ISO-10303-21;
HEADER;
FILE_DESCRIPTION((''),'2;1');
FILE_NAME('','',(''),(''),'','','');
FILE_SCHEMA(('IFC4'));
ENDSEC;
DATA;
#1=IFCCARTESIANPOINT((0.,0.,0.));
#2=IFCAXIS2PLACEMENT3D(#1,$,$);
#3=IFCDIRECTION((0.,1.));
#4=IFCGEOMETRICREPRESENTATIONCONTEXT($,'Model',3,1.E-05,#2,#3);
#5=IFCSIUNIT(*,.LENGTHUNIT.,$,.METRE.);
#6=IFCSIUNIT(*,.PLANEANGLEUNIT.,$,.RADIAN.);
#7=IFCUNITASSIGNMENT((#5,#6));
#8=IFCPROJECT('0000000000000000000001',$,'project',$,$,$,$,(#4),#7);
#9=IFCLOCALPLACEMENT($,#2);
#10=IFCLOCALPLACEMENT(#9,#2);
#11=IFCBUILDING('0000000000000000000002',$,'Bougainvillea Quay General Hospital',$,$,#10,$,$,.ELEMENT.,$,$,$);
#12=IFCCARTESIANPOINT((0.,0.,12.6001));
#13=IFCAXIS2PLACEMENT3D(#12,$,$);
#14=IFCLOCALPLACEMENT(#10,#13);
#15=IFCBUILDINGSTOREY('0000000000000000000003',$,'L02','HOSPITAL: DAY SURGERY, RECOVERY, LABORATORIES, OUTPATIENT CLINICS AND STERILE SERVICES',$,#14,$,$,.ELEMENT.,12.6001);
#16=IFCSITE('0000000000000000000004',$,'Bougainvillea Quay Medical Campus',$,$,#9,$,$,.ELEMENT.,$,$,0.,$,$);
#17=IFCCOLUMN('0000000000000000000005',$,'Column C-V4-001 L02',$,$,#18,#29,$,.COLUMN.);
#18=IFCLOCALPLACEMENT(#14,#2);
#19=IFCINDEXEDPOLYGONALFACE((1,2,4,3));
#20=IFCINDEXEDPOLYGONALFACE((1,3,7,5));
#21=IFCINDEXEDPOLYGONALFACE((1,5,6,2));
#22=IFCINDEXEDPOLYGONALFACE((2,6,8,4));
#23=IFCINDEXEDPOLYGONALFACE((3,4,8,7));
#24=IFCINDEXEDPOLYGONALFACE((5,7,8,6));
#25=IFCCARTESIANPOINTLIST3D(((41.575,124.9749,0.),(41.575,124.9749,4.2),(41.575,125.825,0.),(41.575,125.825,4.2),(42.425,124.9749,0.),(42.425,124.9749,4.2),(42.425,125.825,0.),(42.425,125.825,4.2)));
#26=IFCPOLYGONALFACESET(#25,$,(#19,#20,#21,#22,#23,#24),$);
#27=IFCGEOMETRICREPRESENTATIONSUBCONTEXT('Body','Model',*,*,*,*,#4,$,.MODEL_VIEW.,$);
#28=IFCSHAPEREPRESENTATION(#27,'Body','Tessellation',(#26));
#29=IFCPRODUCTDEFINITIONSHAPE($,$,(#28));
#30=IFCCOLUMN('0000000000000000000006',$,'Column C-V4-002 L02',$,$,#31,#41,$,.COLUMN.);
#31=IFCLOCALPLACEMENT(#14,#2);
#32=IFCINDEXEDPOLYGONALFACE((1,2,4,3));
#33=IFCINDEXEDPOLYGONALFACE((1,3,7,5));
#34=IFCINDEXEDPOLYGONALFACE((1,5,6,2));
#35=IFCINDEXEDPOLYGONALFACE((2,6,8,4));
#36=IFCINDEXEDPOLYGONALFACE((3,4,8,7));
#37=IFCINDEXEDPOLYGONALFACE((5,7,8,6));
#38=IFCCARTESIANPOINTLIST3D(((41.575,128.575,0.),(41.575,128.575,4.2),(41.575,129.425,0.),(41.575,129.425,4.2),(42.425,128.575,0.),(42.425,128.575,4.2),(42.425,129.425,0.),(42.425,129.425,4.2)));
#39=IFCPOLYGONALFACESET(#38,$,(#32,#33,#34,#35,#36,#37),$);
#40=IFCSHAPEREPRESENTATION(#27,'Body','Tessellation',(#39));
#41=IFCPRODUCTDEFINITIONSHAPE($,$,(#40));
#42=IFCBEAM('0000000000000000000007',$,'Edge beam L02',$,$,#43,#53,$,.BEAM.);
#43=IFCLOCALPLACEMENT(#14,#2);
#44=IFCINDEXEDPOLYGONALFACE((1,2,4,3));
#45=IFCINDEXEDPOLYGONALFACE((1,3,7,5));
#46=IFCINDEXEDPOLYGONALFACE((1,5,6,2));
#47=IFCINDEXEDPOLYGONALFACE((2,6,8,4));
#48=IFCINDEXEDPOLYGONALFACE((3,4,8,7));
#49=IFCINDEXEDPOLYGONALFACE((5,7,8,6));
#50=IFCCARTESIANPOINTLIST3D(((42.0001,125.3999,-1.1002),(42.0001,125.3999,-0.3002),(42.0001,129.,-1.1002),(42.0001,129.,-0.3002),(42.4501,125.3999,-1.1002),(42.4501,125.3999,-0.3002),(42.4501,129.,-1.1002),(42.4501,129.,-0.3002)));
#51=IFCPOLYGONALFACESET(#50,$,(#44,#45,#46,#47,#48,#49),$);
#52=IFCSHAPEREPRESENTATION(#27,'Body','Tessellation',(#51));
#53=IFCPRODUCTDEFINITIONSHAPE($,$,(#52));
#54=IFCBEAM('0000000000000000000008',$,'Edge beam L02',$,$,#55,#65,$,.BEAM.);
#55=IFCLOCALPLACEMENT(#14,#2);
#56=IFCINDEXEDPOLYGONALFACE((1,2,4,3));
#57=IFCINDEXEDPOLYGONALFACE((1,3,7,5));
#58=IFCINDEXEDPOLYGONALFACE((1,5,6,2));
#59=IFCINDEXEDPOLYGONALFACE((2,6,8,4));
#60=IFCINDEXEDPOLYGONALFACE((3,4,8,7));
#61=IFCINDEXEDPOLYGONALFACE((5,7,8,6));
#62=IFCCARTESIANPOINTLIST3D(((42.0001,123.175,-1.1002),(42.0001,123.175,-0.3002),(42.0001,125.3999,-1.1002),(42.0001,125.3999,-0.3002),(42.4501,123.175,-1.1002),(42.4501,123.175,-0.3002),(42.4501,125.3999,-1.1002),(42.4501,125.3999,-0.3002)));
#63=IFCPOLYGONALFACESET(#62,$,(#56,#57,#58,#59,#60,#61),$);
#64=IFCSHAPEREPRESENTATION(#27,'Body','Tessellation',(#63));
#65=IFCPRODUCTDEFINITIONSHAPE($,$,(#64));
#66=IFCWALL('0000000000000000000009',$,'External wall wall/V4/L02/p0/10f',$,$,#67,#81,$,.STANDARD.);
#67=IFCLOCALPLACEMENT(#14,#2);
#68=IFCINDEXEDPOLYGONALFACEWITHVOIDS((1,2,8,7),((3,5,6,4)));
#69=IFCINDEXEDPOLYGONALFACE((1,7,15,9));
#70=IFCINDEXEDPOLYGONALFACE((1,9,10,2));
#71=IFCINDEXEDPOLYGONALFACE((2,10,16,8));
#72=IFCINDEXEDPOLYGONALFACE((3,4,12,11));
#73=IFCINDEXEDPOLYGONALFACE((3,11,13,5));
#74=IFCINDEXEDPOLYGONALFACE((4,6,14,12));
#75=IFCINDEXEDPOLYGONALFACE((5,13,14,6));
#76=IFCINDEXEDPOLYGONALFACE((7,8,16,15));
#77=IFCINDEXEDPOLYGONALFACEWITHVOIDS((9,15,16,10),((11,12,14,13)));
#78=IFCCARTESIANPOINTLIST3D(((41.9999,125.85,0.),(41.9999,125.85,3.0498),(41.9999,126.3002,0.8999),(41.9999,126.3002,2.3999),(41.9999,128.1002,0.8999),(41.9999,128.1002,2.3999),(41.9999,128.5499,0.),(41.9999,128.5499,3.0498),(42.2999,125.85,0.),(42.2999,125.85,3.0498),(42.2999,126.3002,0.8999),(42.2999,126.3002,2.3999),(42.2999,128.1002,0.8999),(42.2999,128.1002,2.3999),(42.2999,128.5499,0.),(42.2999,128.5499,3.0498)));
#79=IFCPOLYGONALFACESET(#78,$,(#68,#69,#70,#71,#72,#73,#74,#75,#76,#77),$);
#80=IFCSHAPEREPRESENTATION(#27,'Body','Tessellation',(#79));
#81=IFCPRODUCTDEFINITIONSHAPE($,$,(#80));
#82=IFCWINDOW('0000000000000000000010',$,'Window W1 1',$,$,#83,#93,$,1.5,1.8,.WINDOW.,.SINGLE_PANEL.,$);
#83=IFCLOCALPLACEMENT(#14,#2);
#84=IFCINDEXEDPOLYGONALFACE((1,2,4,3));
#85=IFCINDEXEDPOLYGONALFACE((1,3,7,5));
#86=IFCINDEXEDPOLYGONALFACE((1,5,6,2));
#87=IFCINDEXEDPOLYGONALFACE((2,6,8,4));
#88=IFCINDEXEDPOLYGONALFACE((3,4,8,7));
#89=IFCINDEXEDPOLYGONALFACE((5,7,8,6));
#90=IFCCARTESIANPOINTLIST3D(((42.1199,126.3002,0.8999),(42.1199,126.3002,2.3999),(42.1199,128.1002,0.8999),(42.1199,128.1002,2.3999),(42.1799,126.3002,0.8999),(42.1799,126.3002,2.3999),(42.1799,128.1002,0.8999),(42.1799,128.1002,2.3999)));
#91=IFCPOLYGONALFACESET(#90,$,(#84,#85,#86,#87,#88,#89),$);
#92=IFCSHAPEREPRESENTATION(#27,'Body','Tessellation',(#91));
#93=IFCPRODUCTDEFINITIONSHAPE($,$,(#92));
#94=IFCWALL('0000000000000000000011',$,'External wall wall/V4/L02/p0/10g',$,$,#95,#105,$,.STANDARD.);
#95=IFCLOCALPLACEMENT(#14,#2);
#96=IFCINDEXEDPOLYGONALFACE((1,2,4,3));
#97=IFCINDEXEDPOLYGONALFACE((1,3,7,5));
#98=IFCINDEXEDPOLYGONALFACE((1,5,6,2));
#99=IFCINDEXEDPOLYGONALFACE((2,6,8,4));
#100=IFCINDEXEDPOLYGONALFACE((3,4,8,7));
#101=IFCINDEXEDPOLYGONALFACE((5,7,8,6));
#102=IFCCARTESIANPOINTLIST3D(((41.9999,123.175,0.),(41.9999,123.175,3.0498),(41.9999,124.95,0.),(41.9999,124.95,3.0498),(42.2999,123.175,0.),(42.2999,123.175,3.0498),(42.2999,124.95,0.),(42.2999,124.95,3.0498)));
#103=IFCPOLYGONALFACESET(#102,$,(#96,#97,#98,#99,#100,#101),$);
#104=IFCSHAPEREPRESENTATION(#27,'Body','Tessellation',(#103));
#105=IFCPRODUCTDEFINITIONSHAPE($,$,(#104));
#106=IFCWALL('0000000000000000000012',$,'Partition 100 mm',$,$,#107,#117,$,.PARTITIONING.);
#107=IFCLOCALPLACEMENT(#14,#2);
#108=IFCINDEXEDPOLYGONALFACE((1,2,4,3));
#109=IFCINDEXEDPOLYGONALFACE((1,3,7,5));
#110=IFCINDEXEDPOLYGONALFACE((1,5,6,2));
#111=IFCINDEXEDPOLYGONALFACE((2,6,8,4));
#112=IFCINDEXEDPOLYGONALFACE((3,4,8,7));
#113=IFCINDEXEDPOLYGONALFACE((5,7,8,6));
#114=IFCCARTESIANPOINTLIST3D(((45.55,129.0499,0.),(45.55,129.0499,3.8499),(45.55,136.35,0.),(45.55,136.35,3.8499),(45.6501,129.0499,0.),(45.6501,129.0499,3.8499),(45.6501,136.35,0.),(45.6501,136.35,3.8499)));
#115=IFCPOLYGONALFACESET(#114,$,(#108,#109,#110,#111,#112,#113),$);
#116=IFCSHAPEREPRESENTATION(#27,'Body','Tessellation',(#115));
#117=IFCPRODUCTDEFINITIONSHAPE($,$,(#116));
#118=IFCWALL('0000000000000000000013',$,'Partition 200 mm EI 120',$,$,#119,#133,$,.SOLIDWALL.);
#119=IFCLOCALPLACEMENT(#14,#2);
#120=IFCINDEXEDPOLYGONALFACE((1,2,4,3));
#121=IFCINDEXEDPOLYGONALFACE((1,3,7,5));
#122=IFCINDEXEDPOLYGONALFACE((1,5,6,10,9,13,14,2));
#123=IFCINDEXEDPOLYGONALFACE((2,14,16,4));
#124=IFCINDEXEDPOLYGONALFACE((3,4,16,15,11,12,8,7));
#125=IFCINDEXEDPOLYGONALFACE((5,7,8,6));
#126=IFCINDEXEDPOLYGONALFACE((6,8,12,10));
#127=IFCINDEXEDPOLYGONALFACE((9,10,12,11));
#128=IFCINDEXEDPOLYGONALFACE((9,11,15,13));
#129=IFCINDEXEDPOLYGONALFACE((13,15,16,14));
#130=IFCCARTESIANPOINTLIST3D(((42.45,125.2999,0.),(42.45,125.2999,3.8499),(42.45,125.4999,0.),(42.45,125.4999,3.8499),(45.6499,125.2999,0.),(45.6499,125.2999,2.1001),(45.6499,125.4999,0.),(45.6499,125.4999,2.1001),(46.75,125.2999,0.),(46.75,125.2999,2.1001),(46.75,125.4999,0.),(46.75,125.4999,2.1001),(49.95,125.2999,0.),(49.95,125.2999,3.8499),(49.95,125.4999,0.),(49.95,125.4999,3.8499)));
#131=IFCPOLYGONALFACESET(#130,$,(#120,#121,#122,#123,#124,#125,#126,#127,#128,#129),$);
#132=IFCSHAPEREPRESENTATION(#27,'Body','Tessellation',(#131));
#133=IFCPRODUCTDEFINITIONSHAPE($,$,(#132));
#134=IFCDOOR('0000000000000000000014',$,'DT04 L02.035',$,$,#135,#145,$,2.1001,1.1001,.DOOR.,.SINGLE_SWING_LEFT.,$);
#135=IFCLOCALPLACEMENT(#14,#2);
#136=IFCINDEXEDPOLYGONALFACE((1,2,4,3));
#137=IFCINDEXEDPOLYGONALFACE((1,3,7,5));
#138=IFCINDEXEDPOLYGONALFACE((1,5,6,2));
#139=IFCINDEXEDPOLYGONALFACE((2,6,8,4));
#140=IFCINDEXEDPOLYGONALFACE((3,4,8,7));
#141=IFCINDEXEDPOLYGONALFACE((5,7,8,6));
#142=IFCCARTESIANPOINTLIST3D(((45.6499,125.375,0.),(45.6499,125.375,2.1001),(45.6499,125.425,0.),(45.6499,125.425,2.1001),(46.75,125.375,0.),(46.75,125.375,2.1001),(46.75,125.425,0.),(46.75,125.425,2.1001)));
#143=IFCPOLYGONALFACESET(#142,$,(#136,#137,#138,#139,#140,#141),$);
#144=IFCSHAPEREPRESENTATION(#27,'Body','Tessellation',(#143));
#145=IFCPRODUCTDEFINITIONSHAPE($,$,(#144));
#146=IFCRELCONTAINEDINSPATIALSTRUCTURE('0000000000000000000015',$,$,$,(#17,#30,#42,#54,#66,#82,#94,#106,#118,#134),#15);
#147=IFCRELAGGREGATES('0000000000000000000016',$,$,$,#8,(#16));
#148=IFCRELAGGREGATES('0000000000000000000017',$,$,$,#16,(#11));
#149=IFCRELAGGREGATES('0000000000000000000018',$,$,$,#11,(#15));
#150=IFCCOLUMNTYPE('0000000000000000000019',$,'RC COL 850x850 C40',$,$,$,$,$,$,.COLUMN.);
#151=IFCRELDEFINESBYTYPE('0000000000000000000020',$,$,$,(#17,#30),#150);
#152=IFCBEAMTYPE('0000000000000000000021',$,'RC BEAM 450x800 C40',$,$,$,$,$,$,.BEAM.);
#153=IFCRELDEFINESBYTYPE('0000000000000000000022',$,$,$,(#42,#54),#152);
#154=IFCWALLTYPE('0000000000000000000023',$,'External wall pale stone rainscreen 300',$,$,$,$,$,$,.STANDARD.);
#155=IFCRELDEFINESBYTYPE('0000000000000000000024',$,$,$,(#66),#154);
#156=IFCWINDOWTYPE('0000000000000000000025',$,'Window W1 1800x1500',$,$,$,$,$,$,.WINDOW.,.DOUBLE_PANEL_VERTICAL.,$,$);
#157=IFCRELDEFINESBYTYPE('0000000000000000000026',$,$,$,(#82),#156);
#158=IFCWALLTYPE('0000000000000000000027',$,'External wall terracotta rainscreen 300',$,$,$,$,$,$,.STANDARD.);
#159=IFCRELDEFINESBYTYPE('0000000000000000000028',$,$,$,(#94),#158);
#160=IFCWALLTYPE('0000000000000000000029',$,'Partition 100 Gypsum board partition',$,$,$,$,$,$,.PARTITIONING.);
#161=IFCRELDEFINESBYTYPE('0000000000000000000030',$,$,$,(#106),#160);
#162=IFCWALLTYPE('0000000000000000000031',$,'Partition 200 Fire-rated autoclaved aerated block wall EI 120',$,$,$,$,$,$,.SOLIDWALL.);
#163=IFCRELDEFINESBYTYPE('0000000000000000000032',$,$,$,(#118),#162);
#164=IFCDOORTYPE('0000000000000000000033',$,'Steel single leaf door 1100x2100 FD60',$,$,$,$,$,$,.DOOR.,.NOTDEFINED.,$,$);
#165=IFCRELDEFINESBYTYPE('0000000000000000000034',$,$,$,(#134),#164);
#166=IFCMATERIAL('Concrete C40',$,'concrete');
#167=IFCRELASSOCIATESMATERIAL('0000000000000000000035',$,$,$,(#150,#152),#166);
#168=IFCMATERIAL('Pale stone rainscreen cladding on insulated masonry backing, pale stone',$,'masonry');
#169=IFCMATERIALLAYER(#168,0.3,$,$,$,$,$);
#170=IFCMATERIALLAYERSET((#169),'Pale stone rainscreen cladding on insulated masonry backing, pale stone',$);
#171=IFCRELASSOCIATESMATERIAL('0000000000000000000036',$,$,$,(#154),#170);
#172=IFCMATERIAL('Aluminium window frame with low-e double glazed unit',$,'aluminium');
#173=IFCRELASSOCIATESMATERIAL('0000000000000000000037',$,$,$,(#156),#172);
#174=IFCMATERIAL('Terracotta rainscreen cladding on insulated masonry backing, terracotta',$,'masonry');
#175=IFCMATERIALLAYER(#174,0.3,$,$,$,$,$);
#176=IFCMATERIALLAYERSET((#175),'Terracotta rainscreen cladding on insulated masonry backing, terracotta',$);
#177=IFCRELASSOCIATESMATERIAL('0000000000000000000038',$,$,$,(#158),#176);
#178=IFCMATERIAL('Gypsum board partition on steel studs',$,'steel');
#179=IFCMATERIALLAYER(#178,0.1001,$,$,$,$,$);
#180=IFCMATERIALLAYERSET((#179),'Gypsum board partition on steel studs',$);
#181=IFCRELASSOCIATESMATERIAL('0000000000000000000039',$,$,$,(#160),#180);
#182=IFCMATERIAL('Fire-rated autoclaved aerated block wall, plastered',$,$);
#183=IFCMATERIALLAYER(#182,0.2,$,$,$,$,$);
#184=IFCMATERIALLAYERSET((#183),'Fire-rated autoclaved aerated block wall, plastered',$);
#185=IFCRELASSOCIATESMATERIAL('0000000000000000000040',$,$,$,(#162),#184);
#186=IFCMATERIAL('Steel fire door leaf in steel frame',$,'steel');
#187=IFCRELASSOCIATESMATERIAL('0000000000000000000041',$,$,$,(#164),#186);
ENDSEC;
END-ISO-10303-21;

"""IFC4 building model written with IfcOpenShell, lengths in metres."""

from ifc_helpers import new_model, si_unit, direction, frame, frame_2d, origin, origin_2d, place, context, subcontext, project, spatial, rectangle, extrude, material, layer, layer_set, material_profile, profile_set, type_object, element, fill, save


model = new_model("IFC4")

# Units and contexts
model_context = context("Model", 3, precision=1e-05, world=origin(), true_north=direction((0.0, 1.0)))
body_context = subcontext(model_context, "Body", "Model", "MODEL_VIEW")
ifc_project = project(units=[si_unit("LENGTHUNIT", "METRE"), si_unit("PLANEANGLEUNIT", "RADIAN")], contexts=[model_context])

# Site, building, storey
site_placement = place(None, origin())
site = spatial("IfcSite", under=ifc_project, at=site_placement, Name="Bougainvillea Quay Medical Campus", CompositionType="ELEMENT", RefElevation=0.0)
building_placement = place(site_placement, origin())
building = spatial("IfcBuilding", under=site, at=building_placement, Name="Bougainvillea Quay General Hospital", CompositionType="ELEMENT")
storey_placement = place(building_placement, frame((0.0, 0.0, 12.6001)))
storey = spatial("IfcBuildingStorey", under=building, at=storey_placement, Name="L02", Description="HOSPITAL: DAY SURGERY, RECOVERY, LABORATORIES, OUTPATIENT CLINICS AND STERILE SERVICES", CompositionType="ELEMENT", Elevation=12.6001)

# Columns
ifc_material_1 = material(Name="Concrete C40", Category="concrete")
ifc_material_profile_1 = material_profile(ifc_material_1, rectangle(XDim=0.8501, YDim=0.8501, at=origin_2d()))
ifc_profile_set_1 = profile_set([ifc_material_profile_1], Name="Concrete C40")
column_type = type_object("IfcColumnType", Name="RC COL 850x850 C40", PredefinedType="COLUMN", material=ifc_profile_set_1)
for number, where, z_axis, x_axis, name in (
    (1, (42.0, 125.3999, 0.0), (0.0, 0.0, 1.0), (1.0, 0.0, 0.0), "Column C-V4-001 L02"),
    (2, (42.0, 129.0, 0.0), (0.0, 0.0, 1.0), (1.0, 0.0, 0.0), "Column C-V4-002 L02"),
):
    element("IfcColumn", number, at=place(storey_placement, frame(where, z_axis=z_axis, x_axis=x_axis)), inside=storey, type_object=column_type, Name=name, PredefinedType="COLUMN", context=body_context, shape_type="SweptSolid", body=[
        extrude(rectangle(XDim=0.8501, YDim=0.8501, at=origin_2d()), origin(), (0.0, 0.0, 1.0), 4.2),
    ])

# Beams
ifc_material_profile_2 = material_profile(ifc_material_1, rectangle(XDim=0.45, YDim=0.8, at=origin_2d()))
ifc_profile_set_2 = profile_set([ifc_material_profile_2], Name="Concrete C40")
beam_type = type_object("IfcBeamType", Name="RC BEAM 450x800 C40", PredefinedType="BEAM", material=ifc_profile_set_2)
beam_1_placement = place(storey_placement, frame((42.2251, 129.0, -0.7002), z_axis=(0.0, -1.0, 0.0), x_axis=(1.0, 0.0, 0.0)))
element("IfcBeam", 3, at=beam_1_placement, inside=storey, type_object=beam_type, Name="Edge beam L02", PredefinedType="BEAM", context=body_context, shape_type="SweptSolid", body=[
    extrude(rectangle(XDim=0.45, YDim=0.8, at=origin_2d()), origin(), (0.0, 0.0, 1.0), 3.6001),
])
beam_2_placement = place(storey_placement, frame((42.2251, 125.3999, -0.7002), z_axis=(0.0, -1.0, 0.0), x_axis=(1.0, 0.0, 0.0)))
element("IfcBeam", 4, at=beam_2_placement, inside=storey, type_object=beam_type, Name="Edge beam L02", PredefinedType="BEAM", context=body_context, shape_type="SweptSolid", body=[
    extrude(rectangle(XDim=0.45, YDim=0.8, at=origin_2d()), origin(), (0.0, 0.0, 1.0), 2.2249),
])

# Wall, opening, window
ifc_material_2 = material(Name="Pale stone rainscreen cladding on insulated masonry backing, pale stone", Category="masonry")
ifc_layer_1 = layer(ifc_material_2, 0.3)
ifc_layer_set_1 = layer_set([ifc_layer_1], Name="Pale stone rainscreen cladding on insulated masonry backing, pale stone")
wall_type_1 = type_object("IfcWallType", Name="External wall pale stone rainscreen 300", PredefinedType="STANDARD", material=ifc_layer_set_1)
wall_1_placement = place(storey_placement, frame((42.1499, 128.55, 0.0), z_axis=(0.0, 0.0, 1.0), x_axis=(0.0, -1.0, 0.0)))
wall_1 = element("IfcWall", 5, at=wall_1_placement, inside=storey, type_object=wall_type_1, Name="External wall wall/V4/L02/p0/10f", PredefinedType="STANDARD", context=body_context, shape_type="SweptSolid", body=[
    extrude(rectangle(XDim=2.7, YDim=0.3, at=frame_2d((1.3501, 0.0))), origin(), (0.0, 0.0, 1.0), 3.0498),
])
opening_1_placement = place(wall_1_placement, frame((0.45, 0.0, 0.8999)))
opening_1 = element("IfcOpeningElement", 6, at=opening_1_placement, cuts=wall_1, PredefinedType="OPENING", context=body_context, shape_type="SweptSolid", body=[
    extrude(rectangle(XDim=1.8, YDim=1.5, at=frame_2d((0.8999, 0.75))), frame((0.0, 0.1599, 0.0), z_axis=(0.0, -1.0, 0.0), x_axis=(1.0, 0.0, 0.0)), (0.0, 0.0, 1.0), 0.3201),
])
ifc_material_3 = material(Name="Aluminium window frame with low-e double glazed unit", Category="aluminium")
window_type = type_object("IfcWindowType", Name="Window W1 1800x1500", PartitioningType="DOUBLE_PANEL_VERTICAL", PredefinedType="WINDOW", material=ifc_material_3)
window_placement = place(opening_1_placement, origin())
window = element("IfcWindow", 7, at=window_placement, inside=storey, type_object=window_type, Name="Window W1 1", OverallHeight=1.5, OverallWidth=1.8, PartitioningType="SINGLE_PANEL", PredefinedType="WINDOW", context=body_context, shape_type="SweptSolid", body=[
    extrude(rectangle(XDim=1.8, YDim=1.5, at=frame_2d((0.8999, 0.75))), frame((0.0, 0.03, 0.0), z_axis=(0.0, -1.0, 0.0), x_axis=(1.0, 0.0, 0.0)), (0.0, 0.0, 1.0), 0.0601),
])
fill(opening_1, window)

# Walls
ifc_material_4 = material(Name="Terracotta rainscreen cladding on insulated masonry backing, terracotta", Category="masonry")
ifc_layer_2 = layer(ifc_material_4, 0.3)
ifc_layer_set_2 = layer_set([ifc_layer_2], Name="Terracotta rainscreen cladding on insulated masonry backing, terracotta")
wall_type_2 = type_object("IfcWallType", Name="External wall terracotta rainscreen 300", PredefinedType="STANDARD", material=ifc_layer_set_2)
wall_2_placement = place(storey_placement, frame((42.1499, 124.95, 0.0), z_axis=(0.0, 0.0, 1.0), x_axis=(0.0, -1.0, 0.0)))
element("IfcWall", 8, at=wall_2_placement, inside=storey, type_object=wall_type_2, Name="External wall wall/V4/L02/p0/10g", PredefinedType="STANDARD", context=body_context, shape_type="SweptSolid", body=[
    extrude(rectangle(XDim=1.7749, YDim=0.3, at=frame_2d((0.8875, 0.0))), origin(), (0.0, 0.0, 1.0), 3.0498),
])
ifc_material_5 = material(Name="Gypsum board partition on steel studs", Category="steel")
ifc_layer_3 = layer(ifc_material_5, 0.1001)
ifc_layer_set_3 = layer_set([ifc_layer_3], Name="Gypsum board partition on steel studs")
wall_type_3 = type_object("IfcWallType", Name="Partition 100 Gypsum board partition", PredefinedType="PARTITIONING", material=ifc_layer_set_3)
wall_3_placement = place(storey_placement, frame((45.6001, 129.05, 0.0), z_axis=(0.0, 0.0, 1.0), x_axis=(0.0, 1.0, 0.0)))
element("IfcWall", 9, at=wall_3_placement, inside=storey, type_object=wall_type_3, Name="Partition 100 mm", PredefinedType="PARTITIONING", context=body_context, shape_type="SweptSolid", body=[
    extrude(rectangle(XDim=7.3, YDim=0.1001, at=frame_2d((3.6499, 0.0))), origin(), (0.0, 0.0, 1.0), 3.8499),
])

# Wall, opening, door
ifc_material_6 = material(Name="Fire-rated autoclaved aerated block wall, plastered")
ifc_layer_4 = layer(ifc_material_6, 0.2)
ifc_layer_set_4 = layer_set([ifc_layer_4], Name="Fire-rated autoclaved aerated block wall, plastered")
wall_type_4 = type_object("IfcWallType", Name="Partition 200 Fire-rated autoclaved aerated block wall EI 120", PredefinedType="SOLIDWALL", material=ifc_layer_set_4)
wall_4_placement = place(storey_placement, frame((42.45, 125.3999, 0.0), z_axis=(0.0, 0.0, 1.0), x_axis=(1.0, 0.0, 0.0)))
wall_4 = element("IfcWall", 10, at=wall_4_placement, inside=storey, type_object=wall_type_4, Name="Partition 200 mm EI 120", PredefinedType="SOLIDWALL", context=body_context, shape_type="SweptSolid", body=[
    extrude(rectangle(XDim=7.5, YDim=0.2, at=frame_2d((3.75, 0.0))), origin(), (0.0, 0.0, 1.0), 3.8499),
])
opening_2_placement = place(wall_4_placement, frame((3.2, 0.0, 0.0)))
opening_2 = element("IfcOpeningElement", 11, at=opening_2_placement, cuts=wall_4, PredefinedType="OPENING", context=body_context, shape_type="SweptSolid", body=[
    extrude(rectangle(XDim=1.1001, YDim=2.1001, at=frame_2d((0.55, 1.05))), frame((0.0, 0.1099, 0.0), z_axis=(0.0, -1.0, 0.0), x_axis=(1.0, 0.0, 0.0)), (0.0, 0.0, 1.0), 0.22),
])
ifc_material_7 = material(Name="Steel fire door leaf in steel frame", Category="steel")
door_type = type_object("IfcDoorType", Name="Steel single leaf door 1100x2100 FD60", OperationType="NOTDEFINED", PredefinedType="DOOR", material=ifc_material_7)
door_1_placement = place(opening_2_placement, frame((1.1001, 0.0, 0.0), z_axis=(0.0, 0.0, 1.0), x_axis=(-1.0, 0.0, 0.0)))
door_1 = element("IfcDoor", 12, at=door_1_placement, inside=storey, type_object=door_type, Name="DT04 L02.035", OperationType="SINGLE_SWING_LEFT", OverallHeight=2.1001, OverallWidth=1.1001, PredefinedType="DOOR", context=body_context, shape_type="SweptSolid", body=[
    extrude(rectangle(XDim=1.1001, YDim=2.1001, at=frame_2d((0.55, 1.05))), frame((0.0, 0.0249, 0.0), z_axis=(0.0, -1.0, 0.0), x_axis=(1.0, 0.0, 0.0)), (0.0, 0.0, 1.0), 0.05),
])
fill(opening_2, door_1)

save(model, "model.ifc")
